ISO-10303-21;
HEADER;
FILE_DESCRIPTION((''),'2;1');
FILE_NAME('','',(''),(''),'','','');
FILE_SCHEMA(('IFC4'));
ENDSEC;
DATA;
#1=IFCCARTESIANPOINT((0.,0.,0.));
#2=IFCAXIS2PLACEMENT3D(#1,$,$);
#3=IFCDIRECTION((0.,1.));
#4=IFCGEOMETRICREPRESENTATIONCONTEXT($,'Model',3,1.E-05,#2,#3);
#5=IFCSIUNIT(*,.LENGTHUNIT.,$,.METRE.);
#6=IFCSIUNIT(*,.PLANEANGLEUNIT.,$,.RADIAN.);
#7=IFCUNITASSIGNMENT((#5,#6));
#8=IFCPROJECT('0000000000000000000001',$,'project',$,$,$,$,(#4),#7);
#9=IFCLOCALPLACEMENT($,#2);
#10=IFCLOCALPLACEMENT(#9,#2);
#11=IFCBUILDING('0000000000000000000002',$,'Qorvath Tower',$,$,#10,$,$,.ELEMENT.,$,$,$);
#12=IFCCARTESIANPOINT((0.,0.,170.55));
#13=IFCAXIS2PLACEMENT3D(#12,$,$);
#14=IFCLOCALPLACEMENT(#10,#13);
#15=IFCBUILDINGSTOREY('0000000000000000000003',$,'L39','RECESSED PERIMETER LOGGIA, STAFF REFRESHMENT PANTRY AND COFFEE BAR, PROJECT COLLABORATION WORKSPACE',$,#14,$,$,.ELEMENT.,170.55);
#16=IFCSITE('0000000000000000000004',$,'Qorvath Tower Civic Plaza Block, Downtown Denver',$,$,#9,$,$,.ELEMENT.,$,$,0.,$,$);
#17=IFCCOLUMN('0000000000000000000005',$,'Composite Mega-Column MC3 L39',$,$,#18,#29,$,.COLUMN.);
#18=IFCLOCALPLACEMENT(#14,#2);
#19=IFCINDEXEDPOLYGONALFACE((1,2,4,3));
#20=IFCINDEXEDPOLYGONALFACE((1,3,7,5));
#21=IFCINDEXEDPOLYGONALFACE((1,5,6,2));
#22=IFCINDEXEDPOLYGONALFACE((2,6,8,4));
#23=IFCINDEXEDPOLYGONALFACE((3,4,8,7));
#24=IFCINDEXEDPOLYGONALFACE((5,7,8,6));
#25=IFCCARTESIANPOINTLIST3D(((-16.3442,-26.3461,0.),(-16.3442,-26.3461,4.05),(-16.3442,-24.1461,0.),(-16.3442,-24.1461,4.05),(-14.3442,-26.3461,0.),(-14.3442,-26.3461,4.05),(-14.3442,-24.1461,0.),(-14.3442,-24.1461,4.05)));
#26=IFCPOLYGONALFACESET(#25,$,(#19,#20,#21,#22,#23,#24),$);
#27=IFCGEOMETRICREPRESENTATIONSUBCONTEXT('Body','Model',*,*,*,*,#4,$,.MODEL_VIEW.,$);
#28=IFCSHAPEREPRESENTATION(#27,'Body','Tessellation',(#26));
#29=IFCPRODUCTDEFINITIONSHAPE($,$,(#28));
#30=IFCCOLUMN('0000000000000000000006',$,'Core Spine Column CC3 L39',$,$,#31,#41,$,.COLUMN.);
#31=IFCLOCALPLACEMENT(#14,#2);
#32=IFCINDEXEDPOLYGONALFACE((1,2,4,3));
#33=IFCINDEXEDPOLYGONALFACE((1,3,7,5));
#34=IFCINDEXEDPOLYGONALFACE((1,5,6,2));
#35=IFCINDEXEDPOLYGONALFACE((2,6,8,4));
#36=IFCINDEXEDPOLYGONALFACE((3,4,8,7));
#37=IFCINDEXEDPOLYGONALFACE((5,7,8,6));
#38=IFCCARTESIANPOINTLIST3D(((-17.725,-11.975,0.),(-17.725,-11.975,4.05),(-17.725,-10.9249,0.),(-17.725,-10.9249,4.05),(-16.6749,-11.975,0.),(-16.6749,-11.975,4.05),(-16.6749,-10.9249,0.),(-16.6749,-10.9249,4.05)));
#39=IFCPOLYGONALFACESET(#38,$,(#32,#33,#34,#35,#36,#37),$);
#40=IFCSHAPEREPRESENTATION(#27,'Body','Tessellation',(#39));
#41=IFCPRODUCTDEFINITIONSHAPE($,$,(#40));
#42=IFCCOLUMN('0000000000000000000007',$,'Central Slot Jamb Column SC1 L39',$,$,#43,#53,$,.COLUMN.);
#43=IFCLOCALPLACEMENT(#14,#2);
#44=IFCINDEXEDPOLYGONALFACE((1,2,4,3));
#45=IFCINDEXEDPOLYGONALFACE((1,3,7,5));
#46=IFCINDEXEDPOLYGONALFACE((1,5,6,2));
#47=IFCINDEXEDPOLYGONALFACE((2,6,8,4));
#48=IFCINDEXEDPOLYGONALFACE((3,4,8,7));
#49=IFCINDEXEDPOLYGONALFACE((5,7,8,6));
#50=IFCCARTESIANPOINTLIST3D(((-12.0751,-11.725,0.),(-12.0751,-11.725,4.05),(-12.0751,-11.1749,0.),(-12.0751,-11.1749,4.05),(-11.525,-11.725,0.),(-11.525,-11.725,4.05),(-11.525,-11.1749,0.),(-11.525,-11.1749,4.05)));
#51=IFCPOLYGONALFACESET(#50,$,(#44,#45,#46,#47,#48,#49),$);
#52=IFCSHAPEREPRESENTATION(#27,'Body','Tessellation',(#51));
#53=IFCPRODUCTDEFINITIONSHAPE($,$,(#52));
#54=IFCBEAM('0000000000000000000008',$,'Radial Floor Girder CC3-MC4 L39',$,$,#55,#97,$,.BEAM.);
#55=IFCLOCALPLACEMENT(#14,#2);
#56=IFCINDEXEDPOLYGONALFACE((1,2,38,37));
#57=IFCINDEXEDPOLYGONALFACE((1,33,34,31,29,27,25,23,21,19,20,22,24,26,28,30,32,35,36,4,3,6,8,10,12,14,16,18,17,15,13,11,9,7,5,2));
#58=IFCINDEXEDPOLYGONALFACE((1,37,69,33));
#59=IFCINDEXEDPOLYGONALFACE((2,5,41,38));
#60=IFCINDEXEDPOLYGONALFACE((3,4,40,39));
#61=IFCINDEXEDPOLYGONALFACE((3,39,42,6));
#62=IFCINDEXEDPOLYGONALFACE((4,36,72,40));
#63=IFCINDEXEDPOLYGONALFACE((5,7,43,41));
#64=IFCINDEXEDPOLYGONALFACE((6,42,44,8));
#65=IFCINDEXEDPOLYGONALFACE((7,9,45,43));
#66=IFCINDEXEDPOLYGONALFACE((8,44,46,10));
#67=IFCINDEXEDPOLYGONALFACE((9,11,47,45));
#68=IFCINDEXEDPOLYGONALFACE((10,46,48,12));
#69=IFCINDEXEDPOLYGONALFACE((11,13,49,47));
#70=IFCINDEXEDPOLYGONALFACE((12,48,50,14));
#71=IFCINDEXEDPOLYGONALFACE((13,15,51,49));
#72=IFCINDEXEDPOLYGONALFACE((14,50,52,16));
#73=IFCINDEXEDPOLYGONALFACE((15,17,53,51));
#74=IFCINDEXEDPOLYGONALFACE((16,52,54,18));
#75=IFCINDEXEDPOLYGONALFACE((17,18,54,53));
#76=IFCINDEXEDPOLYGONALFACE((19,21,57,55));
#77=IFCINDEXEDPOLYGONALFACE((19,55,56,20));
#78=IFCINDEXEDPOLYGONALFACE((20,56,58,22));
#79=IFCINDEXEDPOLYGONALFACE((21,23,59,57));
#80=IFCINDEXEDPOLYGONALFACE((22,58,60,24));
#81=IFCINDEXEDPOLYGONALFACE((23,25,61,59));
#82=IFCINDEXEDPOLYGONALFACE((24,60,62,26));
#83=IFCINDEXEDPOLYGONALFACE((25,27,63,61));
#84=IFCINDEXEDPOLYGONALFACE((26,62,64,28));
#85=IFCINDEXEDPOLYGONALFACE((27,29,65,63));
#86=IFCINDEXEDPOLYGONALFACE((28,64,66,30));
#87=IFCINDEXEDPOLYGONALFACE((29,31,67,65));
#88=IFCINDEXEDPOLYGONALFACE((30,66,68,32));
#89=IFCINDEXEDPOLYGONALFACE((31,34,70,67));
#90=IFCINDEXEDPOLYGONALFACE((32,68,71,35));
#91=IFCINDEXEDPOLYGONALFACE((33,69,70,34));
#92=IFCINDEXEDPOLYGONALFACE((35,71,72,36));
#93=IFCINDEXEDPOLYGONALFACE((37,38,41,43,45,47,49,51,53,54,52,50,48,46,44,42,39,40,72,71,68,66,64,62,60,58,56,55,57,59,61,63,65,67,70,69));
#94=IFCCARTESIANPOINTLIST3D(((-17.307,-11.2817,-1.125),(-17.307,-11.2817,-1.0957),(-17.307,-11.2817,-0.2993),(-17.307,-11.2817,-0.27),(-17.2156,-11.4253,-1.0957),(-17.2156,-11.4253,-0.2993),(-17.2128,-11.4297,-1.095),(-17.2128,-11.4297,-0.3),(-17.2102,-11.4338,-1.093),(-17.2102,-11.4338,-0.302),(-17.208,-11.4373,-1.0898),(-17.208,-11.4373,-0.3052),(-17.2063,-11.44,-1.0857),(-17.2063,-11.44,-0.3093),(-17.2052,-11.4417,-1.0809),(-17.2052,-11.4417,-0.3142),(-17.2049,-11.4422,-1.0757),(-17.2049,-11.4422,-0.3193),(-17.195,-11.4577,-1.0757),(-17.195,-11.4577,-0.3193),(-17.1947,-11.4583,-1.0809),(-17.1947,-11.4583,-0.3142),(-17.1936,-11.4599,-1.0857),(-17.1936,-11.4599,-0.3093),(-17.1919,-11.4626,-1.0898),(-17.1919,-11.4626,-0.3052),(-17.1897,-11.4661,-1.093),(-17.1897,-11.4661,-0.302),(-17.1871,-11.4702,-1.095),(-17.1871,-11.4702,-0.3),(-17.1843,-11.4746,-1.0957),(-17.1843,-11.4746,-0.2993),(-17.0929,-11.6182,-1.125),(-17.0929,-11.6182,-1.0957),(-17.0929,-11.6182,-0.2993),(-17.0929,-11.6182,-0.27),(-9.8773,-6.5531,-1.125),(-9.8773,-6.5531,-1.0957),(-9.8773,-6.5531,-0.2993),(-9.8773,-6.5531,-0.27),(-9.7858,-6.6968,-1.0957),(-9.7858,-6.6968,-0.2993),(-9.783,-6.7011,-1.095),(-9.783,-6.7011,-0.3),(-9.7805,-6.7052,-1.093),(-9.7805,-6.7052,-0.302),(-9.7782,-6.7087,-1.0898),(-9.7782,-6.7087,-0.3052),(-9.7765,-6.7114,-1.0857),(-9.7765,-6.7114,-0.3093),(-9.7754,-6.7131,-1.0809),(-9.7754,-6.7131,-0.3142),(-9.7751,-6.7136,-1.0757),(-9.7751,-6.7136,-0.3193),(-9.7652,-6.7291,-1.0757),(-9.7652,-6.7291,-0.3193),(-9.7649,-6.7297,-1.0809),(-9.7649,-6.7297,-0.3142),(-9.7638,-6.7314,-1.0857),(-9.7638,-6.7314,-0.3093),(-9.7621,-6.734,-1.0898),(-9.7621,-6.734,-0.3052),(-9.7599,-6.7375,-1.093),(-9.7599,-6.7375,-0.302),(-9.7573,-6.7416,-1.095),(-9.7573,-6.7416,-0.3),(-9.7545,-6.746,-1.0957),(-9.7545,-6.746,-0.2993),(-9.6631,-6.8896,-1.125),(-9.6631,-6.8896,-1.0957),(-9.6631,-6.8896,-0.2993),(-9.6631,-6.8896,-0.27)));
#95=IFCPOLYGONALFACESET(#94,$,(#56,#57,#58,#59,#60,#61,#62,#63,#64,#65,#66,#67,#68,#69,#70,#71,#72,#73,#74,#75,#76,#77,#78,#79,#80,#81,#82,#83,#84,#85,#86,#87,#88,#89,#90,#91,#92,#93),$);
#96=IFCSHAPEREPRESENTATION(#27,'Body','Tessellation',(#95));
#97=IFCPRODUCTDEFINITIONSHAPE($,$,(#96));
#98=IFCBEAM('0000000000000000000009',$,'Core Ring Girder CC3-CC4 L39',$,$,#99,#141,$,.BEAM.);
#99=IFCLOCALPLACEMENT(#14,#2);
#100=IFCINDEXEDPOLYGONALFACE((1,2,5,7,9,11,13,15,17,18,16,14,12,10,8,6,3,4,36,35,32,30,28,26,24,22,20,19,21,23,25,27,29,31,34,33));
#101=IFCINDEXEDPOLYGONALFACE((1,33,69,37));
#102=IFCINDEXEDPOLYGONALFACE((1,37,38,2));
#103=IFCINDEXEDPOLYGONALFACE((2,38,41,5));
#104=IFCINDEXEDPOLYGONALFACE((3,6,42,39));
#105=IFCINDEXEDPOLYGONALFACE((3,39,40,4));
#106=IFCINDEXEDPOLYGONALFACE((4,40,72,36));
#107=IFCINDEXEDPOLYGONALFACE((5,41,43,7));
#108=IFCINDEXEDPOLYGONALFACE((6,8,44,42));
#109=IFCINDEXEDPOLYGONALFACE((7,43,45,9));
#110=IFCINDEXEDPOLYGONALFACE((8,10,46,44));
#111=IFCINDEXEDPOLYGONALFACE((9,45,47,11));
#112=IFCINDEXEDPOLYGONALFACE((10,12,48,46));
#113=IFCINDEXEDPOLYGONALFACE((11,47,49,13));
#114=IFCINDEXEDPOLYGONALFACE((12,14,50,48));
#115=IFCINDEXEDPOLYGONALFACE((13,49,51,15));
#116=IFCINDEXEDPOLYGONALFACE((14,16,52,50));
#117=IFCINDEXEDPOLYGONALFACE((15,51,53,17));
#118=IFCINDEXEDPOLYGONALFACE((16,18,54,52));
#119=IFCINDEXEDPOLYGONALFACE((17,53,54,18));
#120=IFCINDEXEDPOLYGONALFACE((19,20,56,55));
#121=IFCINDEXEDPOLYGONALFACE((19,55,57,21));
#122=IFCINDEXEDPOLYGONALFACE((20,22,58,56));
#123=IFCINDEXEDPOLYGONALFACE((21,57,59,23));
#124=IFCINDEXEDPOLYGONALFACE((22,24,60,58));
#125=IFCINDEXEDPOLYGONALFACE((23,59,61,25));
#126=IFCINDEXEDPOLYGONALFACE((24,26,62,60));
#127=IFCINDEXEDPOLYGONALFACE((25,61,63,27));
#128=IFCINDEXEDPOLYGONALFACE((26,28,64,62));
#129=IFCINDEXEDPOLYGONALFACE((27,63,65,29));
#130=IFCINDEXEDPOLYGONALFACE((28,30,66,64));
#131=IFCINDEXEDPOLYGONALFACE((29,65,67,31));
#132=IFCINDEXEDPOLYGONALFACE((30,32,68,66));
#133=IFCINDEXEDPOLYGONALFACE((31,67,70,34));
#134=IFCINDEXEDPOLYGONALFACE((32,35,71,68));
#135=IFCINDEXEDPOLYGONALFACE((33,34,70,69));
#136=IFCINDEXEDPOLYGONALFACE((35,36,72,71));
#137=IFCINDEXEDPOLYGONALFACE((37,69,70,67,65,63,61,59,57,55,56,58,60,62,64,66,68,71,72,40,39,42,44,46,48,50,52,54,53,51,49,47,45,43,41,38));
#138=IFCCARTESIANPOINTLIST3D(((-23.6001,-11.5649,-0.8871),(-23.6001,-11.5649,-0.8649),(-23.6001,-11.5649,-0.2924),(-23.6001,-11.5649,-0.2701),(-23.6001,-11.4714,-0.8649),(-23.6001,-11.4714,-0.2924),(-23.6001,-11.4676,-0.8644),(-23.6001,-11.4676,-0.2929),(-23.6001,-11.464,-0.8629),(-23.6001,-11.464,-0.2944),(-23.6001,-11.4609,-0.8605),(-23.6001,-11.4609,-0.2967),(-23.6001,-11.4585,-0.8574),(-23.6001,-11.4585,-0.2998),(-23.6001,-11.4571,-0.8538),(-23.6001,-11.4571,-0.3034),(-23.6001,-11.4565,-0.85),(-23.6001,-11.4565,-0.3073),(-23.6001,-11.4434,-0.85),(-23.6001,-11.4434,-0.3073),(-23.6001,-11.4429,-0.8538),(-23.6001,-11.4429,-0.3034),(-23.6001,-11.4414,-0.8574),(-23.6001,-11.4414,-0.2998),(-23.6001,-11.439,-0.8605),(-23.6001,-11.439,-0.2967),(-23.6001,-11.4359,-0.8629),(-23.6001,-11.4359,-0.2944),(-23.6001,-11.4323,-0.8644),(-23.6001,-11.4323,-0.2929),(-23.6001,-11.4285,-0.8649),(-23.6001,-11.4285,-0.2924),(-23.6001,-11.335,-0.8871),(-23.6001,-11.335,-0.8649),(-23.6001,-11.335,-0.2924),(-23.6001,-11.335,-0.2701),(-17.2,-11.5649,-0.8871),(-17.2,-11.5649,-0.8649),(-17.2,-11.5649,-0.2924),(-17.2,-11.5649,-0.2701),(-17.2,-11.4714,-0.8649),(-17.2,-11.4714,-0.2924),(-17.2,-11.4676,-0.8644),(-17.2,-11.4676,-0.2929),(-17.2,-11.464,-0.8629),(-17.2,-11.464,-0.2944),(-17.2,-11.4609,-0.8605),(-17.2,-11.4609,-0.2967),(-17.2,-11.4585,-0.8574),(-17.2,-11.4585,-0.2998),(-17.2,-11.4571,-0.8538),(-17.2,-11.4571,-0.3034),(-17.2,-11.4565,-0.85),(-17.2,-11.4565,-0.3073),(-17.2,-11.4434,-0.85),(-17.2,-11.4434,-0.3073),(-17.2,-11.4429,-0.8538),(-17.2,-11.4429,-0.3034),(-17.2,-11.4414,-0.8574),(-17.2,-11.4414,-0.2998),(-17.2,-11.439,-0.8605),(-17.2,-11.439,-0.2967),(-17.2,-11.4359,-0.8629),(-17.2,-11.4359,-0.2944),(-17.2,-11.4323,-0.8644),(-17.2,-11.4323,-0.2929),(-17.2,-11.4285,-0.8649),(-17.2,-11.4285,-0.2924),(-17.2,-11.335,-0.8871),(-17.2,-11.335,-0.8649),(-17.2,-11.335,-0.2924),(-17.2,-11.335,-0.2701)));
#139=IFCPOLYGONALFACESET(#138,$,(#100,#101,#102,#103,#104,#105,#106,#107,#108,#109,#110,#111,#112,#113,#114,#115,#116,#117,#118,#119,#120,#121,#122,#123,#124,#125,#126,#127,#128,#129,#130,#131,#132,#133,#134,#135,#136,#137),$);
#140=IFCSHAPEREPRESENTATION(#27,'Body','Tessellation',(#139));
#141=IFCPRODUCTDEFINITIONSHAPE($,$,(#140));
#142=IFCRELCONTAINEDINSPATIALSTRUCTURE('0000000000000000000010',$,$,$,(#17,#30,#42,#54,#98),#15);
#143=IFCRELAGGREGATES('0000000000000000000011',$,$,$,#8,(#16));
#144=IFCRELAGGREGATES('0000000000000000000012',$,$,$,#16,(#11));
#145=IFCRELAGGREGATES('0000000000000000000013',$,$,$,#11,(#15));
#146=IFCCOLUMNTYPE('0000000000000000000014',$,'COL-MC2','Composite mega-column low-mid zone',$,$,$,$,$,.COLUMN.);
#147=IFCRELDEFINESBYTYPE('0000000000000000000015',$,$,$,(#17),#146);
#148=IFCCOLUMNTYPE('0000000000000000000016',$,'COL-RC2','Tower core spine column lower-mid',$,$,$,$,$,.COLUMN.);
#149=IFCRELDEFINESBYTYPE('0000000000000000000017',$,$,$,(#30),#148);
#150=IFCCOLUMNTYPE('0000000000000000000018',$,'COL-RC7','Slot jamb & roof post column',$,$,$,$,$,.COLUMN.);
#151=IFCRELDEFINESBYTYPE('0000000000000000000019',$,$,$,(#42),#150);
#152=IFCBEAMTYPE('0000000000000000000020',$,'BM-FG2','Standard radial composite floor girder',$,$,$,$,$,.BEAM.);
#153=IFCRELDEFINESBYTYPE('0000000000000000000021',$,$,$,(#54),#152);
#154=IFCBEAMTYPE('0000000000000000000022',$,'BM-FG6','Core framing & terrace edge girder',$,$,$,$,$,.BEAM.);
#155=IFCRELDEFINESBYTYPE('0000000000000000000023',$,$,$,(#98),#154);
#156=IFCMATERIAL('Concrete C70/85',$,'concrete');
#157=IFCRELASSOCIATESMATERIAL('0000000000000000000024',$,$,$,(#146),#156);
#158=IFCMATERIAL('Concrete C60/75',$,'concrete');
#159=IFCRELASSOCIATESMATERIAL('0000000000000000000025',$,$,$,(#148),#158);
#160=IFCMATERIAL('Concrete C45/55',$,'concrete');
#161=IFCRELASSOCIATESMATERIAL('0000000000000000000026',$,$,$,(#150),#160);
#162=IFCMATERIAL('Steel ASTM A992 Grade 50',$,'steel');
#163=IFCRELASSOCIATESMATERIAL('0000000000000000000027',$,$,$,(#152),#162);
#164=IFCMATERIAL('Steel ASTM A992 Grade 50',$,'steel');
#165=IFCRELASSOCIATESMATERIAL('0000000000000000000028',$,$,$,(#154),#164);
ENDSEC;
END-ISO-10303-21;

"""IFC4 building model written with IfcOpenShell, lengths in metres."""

from ifc_helpers import new_model, si_unit, direction, frame, origin, origin_2d, place, context, subcontext, project, spatial, rectangle, i_section, extrude, material, material_profile, profile_set, type_object, element, save


model = new_model("IFC4")

# Units and contexts
model_context = context("Model", 3, precision=1e-05, world=origin(), true_north=direction((0.0, 1.0)))
body_context = subcontext(model_context, "Body", "Model", "MODEL_VIEW")
ifc_project = project(units=[si_unit("LENGTHUNIT", "METRE"), si_unit("PLANEANGLEUNIT", "RADIAN")], contexts=[model_context])

# Site, building, storey
site_placement = place(None, origin())
site = spatial("IfcSite", under=ifc_project, at=site_placement, Name="Qorvath Tower Civic Plaza Block, Downtown Denver", CompositionType="ELEMENT", RefElevation=0.0)
building_placement = place(site_placement, origin())
building = spatial("IfcBuilding", under=site, at=building_placement, Name="Qorvath Tower", CompositionType="ELEMENT")
storey_placement = place(building_placement, frame((0.0, 0.0, 170.55)))
storey = spatial("IfcBuildingStorey", under=building, at=storey_placement, Name="L39", Description="RECESSED PERIMETER LOGGIA, STAFF REFRESHMENT PANTRY AND COFFEE BAR, PROJECT COLLABORATION WORKSPACE", CompositionType="ELEMENT", Elevation=170.55)

# Columns
ifc_material_1 = material(Name="Concrete C70/85", Category="concrete")
ifc_material_profile_1 = material_profile(ifc_material_1, rectangle(XDim=2.0, YDim=2.2, at=origin_2d()), Name="MC 2200x2000")
ifc_profile_set_1 = profile_set([ifc_material_profile_1], Name="Concrete C70/85")
column_type_1 = type_object("IfcColumnType", Name="COL-MC2", Description="Composite mega-column low-mid zone", PredefinedType="COLUMN", material=ifc_profile_set_1)
column_1_placement = place(storey_placement, frame((-15.3442, -25.2461, 0.0), z_axis=(0.0, 0.0, 1.0), x_axis=(1.0, 0.0, 0.0)))
element("IfcColumn", 1, at=column_1_placement, inside=storey, type_object=column_type_1, Name="Composite Mega-Column MC3 L39", PredefinedType="COLUMN", context=body_context, shape_type="SweptSolid", body=[
    extrude(rectangle(XDim=2.0, YDim=2.2, at=origin_2d()), origin(), (0.0, 0.0, 1.0), 4.05),
])
ifc_material_2 = material(Name="Concrete C60/75", Category="concrete")
ifc_material_profile_2 = material_profile(ifc_material_2, rectangle(XDim=1.05, YDim=1.05, at=origin_2d()), Name="RC 1050x1050")
ifc_profile_set_2 = profile_set([ifc_material_profile_2], Name="Concrete C60/75")
column_type_2 = type_object("IfcColumnType", Name="COL-RC2", Description="Tower core spine column lower-mid", PredefinedType="COLUMN", material=ifc_profile_set_2)
column_2_placement = place(storey_placement, frame((-17.2, -11.45, 0.0), z_axis=(0.0, 0.0, 1.0), x_axis=(1.0, 0.0, 0.0)))
element("IfcColumn", 2, at=column_2_placement, inside=storey, type_object=column_type_2, Name="Core Spine Column CC3 L39", PredefinedType="COLUMN", context=body_context, shape_type="SweptSolid", body=[
    extrude(rectangle(XDim=1.05, YDim=1.05, at=origin_2d()), origin(), (0.0, 0.0, 1.0), 4.05),
])
ifc_material_3 = material(Name="Concrete C45/55", Category="concrete")
ifc_material_profile_3 = material_profile(ifc_material_3, rectangle(XDim=0.55, YDim=0.55, at=origin_2d()), Name="RC 550x550")
ifc_profile_set_3 = profile_set([ifc_material_profile_3], Name="Concrete C45/55")
column_type_3 = type_object("IfcColumnType", Name="COL-RC7", Description="Slot jamb & roof post column", PredefinedType="COLUMN", material=ifc_profile_set_3)
column_3_placement = place(storey_placement, frame((-11.8, -11.45, 0.0), z_axis=(0.0, 0.0, 1.0), x_axis=(1.0, 0.0, 0.0)))
element("IfcColumn", 3, at=column_3_placement, inside=storey, type_object=column_type_3, Name="Central Slot Jamb Column SC1 L39", PredefinedType="COLUMN", context=body_context, shape_type="SweptSolid", body=[
    extrude(rectangle(XDim=0.55, YDim=0.55, at=origin_2d()), origin(), (0.0, 0.0, 1.0), 4.05),
])

# Beams
ifc_material_4 = material(Name="Steel ASTM A992 Grade 50", Category="steel")
ifc_material_profile_4 = material_profile(ifc_material_4, i_section(OverallWidth=0.3989, OverallDepth=0.855, WebThickness=0.0183, FlangeThickness=0.0293, FilletRadius=0.02, at=origin_2d()), Name="W33x201")
ifc_profile_set_4 = profile_set([ifc_material_profile_4], Name="Steel ASTM A992 Grade 50")
beam_type_1 = type_object("IfcBeamType", Name="BM-FG2", Description="Standard radial composite floor girder", PredefinedType="BEAM", material=ifc_profile_set_4)
beam_1_placement = place(storey_placement, frame((-17.2, -11.45, -0.6975), z_axis=(0.843634, 0.536919, 0.0), x_axis=(-0.536919, 0.843634, 0.0)))
element("IfcBeam", 4, at=beam_1_placement, inside=storey, type_object=beam_type_1, Name="Radial Floor Girder CC3-MC4 L39", PredefinedType="BEAM", context=body_context, shape_type="SweptSolid", body=[
    extrude(i_section(OverallWidth=0.3989, OverallDepth=0.855, WebThickness=0.0183, FlangeThickness=0.0293, FilletRadius=0.02, at=origin_2d()), origin(), (0.0, 0.0, 1.0), 8.8069),
])
ifc_material_5 = material(Name="Steel ASTM A992 Grade 50", Category="steel")
ifc_material_profile_5 = material_profile(ifc_material_5, i_section(OverallWidth=0.23, OverallDepth=0.6169, WebThickness=0.0132, FlangeThickness=0.0222, FilletRadius=0.0149, at=origin_2d()), Name="W24x94")
ifc_profile_set_5 = profile_set([ifc_material_profile_5], Name="Steel ASTM A992 Grade 50")
beam_type_2 = type_object("IfcBeamType", Name="BM-FG6", Description="Core framing & terrace edge girder", PredefinedType="BEAM", material=ifc_profile_set_5)
beam_2_placement = place(storey_placement, frame((-17.2, -11.45, -0.5786), z_axis=(-1.0, 0.0, 0.0), x_axis=(0.0, -1.0, 0.0)))
element("IfcBeam", 5, at=beam_2_placement, inside=storey, type_object=beam_type_2, Name="Core Ring Girder CC3-CC4 L39", PredefinedType="BEAM", context=body_context, shape_type="SweptSolid", body=[
    extrude(i_section(OverallWidth=0.23, OverallDepth=0.6169, WebThickness=0.0132, FlangeThickness=0.0222, FilletRadius=0.0149, at=origin_2d()), origin(), (0.0, 0.0, 1.0), 6.4001),
])

save(model, "model.ifc")
